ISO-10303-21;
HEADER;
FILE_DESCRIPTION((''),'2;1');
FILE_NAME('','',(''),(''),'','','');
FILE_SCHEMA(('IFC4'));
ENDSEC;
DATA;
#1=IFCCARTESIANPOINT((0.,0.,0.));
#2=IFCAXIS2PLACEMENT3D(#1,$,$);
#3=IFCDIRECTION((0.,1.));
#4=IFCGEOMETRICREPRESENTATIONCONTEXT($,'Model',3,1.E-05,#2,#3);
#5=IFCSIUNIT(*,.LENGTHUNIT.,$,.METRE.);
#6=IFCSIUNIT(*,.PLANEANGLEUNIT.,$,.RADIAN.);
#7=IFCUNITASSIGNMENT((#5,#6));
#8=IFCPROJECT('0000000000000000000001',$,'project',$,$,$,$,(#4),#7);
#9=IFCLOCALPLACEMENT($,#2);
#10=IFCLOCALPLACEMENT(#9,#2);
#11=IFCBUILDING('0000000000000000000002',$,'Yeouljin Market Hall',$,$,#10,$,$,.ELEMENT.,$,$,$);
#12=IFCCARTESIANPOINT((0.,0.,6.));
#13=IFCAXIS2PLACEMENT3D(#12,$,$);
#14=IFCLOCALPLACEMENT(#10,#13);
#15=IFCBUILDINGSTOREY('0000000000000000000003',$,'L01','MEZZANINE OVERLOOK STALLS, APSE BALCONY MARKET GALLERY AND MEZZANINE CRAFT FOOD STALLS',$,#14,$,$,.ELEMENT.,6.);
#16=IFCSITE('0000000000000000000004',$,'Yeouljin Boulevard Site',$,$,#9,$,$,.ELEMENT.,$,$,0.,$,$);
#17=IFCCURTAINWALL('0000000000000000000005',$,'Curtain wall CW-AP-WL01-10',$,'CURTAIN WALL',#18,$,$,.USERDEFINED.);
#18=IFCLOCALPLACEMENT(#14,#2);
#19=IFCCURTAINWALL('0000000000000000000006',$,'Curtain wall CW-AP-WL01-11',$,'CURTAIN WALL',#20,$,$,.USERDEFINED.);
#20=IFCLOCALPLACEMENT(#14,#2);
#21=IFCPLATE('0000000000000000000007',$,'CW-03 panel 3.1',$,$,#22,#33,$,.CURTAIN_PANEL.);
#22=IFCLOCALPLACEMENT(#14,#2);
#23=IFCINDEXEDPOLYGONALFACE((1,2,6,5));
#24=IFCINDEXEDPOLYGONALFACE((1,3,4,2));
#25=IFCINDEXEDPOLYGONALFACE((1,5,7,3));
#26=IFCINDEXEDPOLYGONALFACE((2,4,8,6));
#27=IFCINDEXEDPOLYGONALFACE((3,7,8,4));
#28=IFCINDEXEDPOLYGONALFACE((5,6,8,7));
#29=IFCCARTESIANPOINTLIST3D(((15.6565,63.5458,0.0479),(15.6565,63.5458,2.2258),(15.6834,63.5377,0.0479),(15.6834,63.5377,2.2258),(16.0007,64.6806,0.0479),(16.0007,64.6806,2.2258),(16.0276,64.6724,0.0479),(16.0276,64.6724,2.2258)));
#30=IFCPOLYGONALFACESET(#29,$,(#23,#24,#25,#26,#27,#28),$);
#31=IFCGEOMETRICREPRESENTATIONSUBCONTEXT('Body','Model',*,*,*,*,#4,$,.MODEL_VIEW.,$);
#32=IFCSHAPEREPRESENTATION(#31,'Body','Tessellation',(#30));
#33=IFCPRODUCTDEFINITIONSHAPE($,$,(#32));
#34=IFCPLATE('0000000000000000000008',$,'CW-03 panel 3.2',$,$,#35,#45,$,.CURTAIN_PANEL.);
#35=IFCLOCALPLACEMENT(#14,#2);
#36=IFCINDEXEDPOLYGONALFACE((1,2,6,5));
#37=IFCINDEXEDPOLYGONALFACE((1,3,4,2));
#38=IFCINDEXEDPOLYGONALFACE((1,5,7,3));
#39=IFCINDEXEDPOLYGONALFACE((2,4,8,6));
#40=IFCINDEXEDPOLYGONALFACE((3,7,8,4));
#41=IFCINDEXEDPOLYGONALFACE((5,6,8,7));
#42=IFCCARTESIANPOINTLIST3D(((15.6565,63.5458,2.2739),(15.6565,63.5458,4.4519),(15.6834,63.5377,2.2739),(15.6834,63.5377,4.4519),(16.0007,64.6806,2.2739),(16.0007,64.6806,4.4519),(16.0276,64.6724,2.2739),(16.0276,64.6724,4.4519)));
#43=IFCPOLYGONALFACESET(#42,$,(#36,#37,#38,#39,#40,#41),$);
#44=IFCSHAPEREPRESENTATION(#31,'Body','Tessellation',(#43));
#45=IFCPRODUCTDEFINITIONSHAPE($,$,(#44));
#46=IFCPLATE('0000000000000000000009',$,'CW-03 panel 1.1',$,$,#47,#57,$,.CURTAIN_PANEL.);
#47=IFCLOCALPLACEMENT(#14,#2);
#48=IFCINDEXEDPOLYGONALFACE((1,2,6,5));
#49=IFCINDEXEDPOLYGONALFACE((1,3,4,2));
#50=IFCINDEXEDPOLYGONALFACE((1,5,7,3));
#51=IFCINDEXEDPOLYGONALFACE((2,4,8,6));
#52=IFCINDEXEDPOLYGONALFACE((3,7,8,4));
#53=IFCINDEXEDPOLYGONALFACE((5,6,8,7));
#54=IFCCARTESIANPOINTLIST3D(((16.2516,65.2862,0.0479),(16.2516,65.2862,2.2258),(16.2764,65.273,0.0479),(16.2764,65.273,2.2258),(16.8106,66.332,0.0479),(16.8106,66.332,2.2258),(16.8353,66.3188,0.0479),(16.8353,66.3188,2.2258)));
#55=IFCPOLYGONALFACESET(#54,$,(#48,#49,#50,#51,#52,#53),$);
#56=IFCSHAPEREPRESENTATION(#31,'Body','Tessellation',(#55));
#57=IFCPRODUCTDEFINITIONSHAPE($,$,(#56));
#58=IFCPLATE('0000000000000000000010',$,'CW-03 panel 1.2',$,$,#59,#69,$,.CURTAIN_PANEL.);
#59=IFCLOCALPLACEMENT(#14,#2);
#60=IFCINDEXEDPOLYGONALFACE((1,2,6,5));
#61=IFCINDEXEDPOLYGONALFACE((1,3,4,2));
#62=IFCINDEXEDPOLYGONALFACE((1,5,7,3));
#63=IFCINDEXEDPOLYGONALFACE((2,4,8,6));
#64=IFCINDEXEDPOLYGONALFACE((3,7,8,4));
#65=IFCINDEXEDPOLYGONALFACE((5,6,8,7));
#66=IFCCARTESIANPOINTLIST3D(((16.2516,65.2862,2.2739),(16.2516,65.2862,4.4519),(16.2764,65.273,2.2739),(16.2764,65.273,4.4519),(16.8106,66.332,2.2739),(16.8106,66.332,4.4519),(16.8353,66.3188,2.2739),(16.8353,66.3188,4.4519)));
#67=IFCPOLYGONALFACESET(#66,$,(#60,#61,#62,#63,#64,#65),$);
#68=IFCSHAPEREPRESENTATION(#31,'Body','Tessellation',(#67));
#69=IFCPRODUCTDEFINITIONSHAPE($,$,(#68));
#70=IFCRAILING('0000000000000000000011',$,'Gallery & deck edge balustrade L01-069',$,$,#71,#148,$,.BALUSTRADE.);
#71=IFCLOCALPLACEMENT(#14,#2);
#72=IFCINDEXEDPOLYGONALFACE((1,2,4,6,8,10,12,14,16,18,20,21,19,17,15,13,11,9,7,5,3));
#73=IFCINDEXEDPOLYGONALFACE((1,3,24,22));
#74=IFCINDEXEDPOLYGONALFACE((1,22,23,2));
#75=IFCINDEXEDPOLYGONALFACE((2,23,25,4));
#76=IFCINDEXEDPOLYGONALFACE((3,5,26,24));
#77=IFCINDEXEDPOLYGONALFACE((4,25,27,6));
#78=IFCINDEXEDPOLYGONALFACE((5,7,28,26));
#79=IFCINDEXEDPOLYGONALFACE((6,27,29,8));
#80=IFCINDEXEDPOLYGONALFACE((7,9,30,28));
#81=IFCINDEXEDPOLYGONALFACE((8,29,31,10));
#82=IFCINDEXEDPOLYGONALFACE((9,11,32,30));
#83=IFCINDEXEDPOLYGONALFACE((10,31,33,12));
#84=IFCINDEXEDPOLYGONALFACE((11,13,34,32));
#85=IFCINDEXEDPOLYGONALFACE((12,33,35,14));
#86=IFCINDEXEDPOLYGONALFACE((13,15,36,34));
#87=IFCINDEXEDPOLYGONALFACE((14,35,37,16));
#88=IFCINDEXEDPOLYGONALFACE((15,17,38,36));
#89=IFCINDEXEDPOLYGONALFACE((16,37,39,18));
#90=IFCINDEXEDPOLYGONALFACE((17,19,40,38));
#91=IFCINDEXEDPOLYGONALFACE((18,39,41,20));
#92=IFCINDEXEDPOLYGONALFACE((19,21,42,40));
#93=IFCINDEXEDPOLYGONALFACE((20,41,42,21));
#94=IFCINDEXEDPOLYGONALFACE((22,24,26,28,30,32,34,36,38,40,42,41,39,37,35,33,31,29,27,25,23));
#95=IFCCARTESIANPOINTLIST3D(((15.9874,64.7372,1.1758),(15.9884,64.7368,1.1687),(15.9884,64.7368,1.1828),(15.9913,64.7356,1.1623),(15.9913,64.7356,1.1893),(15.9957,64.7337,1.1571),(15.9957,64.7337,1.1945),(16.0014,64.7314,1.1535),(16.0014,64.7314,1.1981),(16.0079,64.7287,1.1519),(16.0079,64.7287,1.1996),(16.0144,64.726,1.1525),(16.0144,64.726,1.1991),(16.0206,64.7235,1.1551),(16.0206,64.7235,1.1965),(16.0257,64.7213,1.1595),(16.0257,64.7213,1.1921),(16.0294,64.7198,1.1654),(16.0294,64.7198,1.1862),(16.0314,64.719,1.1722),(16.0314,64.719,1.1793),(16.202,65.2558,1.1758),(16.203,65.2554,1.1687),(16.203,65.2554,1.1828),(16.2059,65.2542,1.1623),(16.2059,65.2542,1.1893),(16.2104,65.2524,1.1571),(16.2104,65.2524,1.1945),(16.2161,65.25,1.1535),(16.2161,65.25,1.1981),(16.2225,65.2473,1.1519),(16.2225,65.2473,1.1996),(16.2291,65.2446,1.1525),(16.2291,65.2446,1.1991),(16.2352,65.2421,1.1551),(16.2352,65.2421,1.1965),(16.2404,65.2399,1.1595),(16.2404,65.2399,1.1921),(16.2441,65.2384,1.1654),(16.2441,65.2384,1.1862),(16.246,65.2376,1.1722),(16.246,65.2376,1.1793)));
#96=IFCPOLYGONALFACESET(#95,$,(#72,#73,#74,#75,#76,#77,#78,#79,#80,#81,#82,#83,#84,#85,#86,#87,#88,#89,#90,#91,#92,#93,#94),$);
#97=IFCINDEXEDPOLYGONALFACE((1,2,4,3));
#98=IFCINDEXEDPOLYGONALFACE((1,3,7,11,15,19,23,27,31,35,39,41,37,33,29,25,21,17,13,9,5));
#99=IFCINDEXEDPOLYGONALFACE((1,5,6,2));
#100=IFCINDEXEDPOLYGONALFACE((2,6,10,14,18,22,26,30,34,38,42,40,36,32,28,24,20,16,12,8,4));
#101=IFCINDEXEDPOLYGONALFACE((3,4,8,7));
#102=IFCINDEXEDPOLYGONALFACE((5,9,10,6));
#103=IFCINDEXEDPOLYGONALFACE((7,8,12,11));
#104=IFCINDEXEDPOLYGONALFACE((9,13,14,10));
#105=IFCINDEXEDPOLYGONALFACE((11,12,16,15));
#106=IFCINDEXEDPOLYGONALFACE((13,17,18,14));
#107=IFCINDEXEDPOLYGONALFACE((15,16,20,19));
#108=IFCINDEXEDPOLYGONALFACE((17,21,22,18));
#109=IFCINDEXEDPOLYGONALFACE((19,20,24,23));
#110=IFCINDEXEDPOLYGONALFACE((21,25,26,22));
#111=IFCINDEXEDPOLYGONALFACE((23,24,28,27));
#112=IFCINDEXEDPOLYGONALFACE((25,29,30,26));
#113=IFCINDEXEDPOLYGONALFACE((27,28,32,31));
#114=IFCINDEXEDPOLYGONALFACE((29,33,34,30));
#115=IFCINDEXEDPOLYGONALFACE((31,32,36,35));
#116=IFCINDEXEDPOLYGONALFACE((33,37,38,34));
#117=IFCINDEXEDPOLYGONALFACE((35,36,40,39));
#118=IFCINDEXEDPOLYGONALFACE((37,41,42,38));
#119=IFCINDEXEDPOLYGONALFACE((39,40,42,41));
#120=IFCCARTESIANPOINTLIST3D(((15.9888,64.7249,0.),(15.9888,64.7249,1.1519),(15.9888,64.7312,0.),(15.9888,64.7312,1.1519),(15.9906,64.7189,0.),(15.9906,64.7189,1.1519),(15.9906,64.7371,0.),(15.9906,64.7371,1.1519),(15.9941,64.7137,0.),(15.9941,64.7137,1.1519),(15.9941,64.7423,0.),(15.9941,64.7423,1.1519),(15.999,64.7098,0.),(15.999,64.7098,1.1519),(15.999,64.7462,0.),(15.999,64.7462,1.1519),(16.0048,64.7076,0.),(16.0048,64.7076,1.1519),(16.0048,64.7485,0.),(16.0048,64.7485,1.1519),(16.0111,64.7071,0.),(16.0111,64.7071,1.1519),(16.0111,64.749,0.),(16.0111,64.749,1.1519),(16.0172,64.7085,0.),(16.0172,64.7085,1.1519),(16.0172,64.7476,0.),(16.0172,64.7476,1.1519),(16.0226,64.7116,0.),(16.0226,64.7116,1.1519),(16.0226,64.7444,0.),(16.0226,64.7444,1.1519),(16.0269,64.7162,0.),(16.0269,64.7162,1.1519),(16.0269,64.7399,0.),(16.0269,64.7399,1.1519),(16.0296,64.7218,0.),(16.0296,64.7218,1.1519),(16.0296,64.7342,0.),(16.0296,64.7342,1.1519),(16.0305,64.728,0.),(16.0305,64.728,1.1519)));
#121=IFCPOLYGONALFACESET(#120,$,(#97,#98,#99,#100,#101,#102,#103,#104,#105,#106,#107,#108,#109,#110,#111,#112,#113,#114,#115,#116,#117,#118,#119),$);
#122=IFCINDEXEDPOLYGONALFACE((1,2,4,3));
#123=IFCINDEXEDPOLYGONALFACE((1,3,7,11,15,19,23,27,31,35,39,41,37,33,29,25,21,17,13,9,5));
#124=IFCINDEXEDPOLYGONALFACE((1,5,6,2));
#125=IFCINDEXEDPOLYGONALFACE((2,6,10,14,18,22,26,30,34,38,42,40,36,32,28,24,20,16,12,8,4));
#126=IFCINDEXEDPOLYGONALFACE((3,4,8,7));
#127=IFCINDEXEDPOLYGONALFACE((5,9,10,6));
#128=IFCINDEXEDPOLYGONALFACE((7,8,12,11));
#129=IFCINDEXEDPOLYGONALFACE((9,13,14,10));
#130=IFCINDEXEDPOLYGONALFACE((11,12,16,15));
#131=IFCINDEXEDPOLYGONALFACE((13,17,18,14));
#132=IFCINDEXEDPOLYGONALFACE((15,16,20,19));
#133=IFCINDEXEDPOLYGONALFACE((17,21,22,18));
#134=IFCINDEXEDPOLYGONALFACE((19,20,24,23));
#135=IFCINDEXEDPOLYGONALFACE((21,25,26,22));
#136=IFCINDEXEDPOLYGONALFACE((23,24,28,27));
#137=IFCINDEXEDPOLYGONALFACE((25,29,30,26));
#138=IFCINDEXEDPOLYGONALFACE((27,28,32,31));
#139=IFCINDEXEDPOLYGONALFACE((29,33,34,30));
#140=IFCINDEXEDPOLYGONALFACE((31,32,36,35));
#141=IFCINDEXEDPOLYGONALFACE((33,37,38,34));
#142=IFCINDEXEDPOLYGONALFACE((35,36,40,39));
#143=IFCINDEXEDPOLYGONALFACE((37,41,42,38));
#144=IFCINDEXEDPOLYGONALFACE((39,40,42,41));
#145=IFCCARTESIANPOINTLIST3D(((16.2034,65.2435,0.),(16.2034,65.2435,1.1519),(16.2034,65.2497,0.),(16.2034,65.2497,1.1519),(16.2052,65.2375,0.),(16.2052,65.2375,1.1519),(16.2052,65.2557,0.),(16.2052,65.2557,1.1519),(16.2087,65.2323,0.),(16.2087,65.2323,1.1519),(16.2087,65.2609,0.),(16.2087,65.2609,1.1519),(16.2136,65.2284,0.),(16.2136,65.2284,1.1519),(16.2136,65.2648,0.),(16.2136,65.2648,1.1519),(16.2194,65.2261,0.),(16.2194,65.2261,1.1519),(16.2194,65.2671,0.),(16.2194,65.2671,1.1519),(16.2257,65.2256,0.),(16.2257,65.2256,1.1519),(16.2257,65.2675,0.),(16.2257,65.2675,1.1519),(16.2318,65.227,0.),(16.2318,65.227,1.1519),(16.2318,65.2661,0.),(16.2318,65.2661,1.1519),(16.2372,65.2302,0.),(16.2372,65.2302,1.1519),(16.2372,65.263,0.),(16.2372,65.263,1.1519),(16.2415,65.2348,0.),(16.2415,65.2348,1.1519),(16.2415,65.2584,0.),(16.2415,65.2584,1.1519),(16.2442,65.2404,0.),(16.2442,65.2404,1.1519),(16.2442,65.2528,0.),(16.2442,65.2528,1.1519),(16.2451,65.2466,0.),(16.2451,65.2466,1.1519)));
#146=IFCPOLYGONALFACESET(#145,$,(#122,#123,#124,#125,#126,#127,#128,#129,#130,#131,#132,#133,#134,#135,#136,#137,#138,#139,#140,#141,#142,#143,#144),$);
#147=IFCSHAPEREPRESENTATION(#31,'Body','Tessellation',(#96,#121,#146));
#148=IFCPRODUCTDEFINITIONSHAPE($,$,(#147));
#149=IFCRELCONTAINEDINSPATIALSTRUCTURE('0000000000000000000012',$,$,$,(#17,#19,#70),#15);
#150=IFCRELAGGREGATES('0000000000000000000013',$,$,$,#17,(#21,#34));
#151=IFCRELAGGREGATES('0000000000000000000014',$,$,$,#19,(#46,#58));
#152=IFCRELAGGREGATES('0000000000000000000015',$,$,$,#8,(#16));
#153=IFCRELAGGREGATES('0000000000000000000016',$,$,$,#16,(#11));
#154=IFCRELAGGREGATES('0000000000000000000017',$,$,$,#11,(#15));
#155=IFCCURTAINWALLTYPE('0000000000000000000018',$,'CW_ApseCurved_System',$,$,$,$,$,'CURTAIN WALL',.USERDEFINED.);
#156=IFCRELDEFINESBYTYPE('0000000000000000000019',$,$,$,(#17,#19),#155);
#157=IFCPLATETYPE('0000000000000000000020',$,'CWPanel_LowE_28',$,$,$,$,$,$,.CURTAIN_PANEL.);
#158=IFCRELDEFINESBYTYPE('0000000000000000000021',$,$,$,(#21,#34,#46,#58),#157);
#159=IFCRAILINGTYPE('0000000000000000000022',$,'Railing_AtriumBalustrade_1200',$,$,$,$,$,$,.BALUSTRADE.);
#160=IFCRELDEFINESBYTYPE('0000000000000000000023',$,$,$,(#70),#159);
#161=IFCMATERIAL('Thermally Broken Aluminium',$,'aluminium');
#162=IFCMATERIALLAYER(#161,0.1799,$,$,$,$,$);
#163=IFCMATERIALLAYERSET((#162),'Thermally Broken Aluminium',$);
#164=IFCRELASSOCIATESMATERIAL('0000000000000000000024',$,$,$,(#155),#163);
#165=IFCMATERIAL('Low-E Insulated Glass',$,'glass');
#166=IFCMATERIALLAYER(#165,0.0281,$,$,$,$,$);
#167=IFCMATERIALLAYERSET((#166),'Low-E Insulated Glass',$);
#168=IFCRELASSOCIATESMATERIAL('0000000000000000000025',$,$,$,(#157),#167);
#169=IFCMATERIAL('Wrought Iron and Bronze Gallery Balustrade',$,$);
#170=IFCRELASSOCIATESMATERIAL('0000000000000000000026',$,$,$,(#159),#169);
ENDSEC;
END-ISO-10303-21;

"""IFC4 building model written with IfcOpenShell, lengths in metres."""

from ifc_helpers import new_model, si_unit, direction, frame, origin, origin_2d, place, context, subcontext, project, spatial, rectangle, circle, extrude, material, layer, layer_set, type_object, element, aggregate, save


model = new_model("IFC4")

# Units and contexts
model_context = context("Model", 3, precision=1e-05, world=origin(), true_north=direction((0.0, 1.0)))
body_context = subcontext(model_context, "Body", "Model", "MODEL_VIEW")
ifc_project = project(units=[si_unit("LENGTHUNIT", "METRE"), si_unit("PLANEANGLEUNIT", "RADIAN")], contexts=[model_context])

# Site, building, storey
site_placement = place(None, origin())
site = spatial("IfcSite", under=ifc_project, at=site_placement, Name="Yeouljin Boulevard Site", CompositionType="ELEMENT", RefElevation=0.0)
building_placement = place(site_placement, origin())
building = spatial("IfcBuilding", under=site, at=building_placement, Name="Yeouljin Market Hall", CompositionType="ELEMENT")
storey_placement = place(building_placement, frame((0.0, 0.0, 6.0)))
storey = spatial("IfcBuildingStorey", under=building, at=storey_placement, Name="L01", Description="MEZZANINE OVERLOOK STALLS, APSE BALCONY MARKET GALLERY AND MEZZANINE CRAFT FOOD STALLS", CompositionType="ELEMENT", Elevation=6.0)

# Curtain walls
ifc_material_1 = material(Name="Thermally Broken Aluminium", Category="aluminium")
ifc_layer_1 = layer(ifc_material_1, 0.1799)
ifc_layer_set_1 = layer_set([ifc_layer_1], Name="Thermally Broken Aluminium")
curtain_wall_type = type_object("IfcCurtainWallType", Name="CW_ApseCurved_System", ElementType="CURTAIN WALL", PredefinedType="USERDEFINED", material=ifc_layer_set_1)
curtain_wall_1_placement = place(storey_placement, origin())
curtain_wall_1 = element("IfcCurtainWall", 1, at=curtain_wall_1_placement, inside=storey, type_object=curtain_wall_type, Name="Curtain wall CW-AP-WL01-10", ObjectType="CURTAIN WALL", PredefinedType="USERDEFINED")
curtain_wall_2_placement = place(storey_placement, origin())
curtain_wall_2 = element("IfcCurtainWall", 2, at=curtain_wall_2_placement, inside=storey, type_object=curtain_wall_type, Name="Curtain wall CW-AP-WL01-11", ObjectType="CURTAIN WALL", PredefinedType="USERDEFINED")

# Plates
ifc_material_2 = material(Name="Low-E Insulated Glass", Category="glass")
ifc_layer_2 = layer(ifc_material_2, 0.0281)
ifc_layer_set_2 = layer_set([ifc_layer_2], Name="Low-E Insulated Glass")
plate_type = type_object("IfcPlateType", Name="CWPanel_LowE_28", PredefinedType="CURTAIN_PANEL", material=ifc_layer_set_2)
plate_1_placement = place(storey_placement, frame((15.842, 64.1091, 0.0479), z_axis=(0.0, 0.0, 1.0), x_axis=(0.290286, 0.95694, 0.0)))
plate_1 = element("IfcPlate", 3, at=plate_1_placement, type_object=plate_type, Name="CW-03 panel 3.1", PredefinedType="CURTAIN_PANEL", context=body_context, shape_type="SweptSolid", body=[
    extrude(rectangle(XDim=1.1858, YDim=0.0281, at=origin_2d()), origin(), (0.0, 0.0, 1.0), 2.178),
])
plate_2_placement = place(storey_placement, frame((15.842, 64.1091, 2.2739), z_axis=(0.0, 0.0, 1.0), x_axis=(0.290286, 0.95694, 0.0)))
plate_2 = element("IfcPlate", 4, at=plate_2_placement, type_object=plate_type, Name="CW-03 panel 3.2", PredefinedType="CURTAIN_PANEL", context=body_context, shape_type="SweptSolid", body=[
    extrude(rectangle(XDim=1.1858, YDim=0.0281, at=origin_2d()), origin(), (0.0, 0.0, 1.0), 2.178),
])
aggregate(curtain_wall_1, [plate_1, plate_2])
plate_3_placement = place(storey_placement, frame((16.5435, 65.8025, 0.0479), z_axis=(0.0, 0.0, 1.0), x_axis=(0.471378, 0.881931, 0.0)))
plate_3 = element("IfcPlate", 5, at=plate_3_placement, type_object=plate_type, Name="CW-03 panel 1.1", PredefinedType="CURTAIN_PANEL", context=body_context, shape_type="SweptSolid", body=[
    extrude(rectangle(XDim=1.1858, YDim=0.0281, at=origin_2d()), origin(), (0.0, 0.0, 1.0), 2.178),
])
plate_4_placement = place(storey_placement, frame((16.5435, 65.8025, 2.2739), z_axis=(0.0, 0.0, 1.0), x_axis=(0.471378, 0.881931, 0.0)))
plate_4 = element("IfcPlate", 6, at=plate_4_placement, type_object=plate_type, Name="CW-03 panel 1.2", PredefinedType="CURTAIN_PANEL", context=body_context, shape_type="SweptSolid", body=[
    extrude(rectangle(XDim=1.1858, YDim=0.0281, at=origin_2d()), origin(), (0.0, 0.0, 1.0), 2.178),
])
aggregate(curtain_wall_2, [plate_3, plate_4])

# Railing
ifc_material_3 = material(Name="Wrought Iron and Bronze Gallery Balustrade")
railing_type = type_object("IfcRailingType", Name="Railing_AtriumBalustrade_1200", PredefinedType="BALUSTRADE", material=ifc_material_3)
railing_placement = place(storey_placement, frame((16.0095, 64.728, 0.0)))
element("IfcRailing", 7, at=railing_placement, inside=storey, type_object=railing_type, Name="Gallery & deck edge balustrade L01-069", PredefinedType="BALUSTRADE", context=body_context, shape_type="SweptSolid", body=[
    extrude(circle(Radius=0.0239, at=origin_2d()), frame((0.0, 0.0, 1.1758), z_axis=(0.38239, 0.924001, 0.0), x_axis=(-0.924001, 0.38239, 0.0)), (0.0, 0.0, 1.0), 0.5613),
    extrude(circle(Radius=0.021, at=origin_2d()), origin(), (0.0, 0.0, 1.0), 1.1519),
    extrude(circle(Radius=0.021, at=origin_2d()), frame((0.2146, 0.5186, 0.0)), (0.0, 0.0, 1.0), 1.1519),
])

save(model, "model.ifc")
